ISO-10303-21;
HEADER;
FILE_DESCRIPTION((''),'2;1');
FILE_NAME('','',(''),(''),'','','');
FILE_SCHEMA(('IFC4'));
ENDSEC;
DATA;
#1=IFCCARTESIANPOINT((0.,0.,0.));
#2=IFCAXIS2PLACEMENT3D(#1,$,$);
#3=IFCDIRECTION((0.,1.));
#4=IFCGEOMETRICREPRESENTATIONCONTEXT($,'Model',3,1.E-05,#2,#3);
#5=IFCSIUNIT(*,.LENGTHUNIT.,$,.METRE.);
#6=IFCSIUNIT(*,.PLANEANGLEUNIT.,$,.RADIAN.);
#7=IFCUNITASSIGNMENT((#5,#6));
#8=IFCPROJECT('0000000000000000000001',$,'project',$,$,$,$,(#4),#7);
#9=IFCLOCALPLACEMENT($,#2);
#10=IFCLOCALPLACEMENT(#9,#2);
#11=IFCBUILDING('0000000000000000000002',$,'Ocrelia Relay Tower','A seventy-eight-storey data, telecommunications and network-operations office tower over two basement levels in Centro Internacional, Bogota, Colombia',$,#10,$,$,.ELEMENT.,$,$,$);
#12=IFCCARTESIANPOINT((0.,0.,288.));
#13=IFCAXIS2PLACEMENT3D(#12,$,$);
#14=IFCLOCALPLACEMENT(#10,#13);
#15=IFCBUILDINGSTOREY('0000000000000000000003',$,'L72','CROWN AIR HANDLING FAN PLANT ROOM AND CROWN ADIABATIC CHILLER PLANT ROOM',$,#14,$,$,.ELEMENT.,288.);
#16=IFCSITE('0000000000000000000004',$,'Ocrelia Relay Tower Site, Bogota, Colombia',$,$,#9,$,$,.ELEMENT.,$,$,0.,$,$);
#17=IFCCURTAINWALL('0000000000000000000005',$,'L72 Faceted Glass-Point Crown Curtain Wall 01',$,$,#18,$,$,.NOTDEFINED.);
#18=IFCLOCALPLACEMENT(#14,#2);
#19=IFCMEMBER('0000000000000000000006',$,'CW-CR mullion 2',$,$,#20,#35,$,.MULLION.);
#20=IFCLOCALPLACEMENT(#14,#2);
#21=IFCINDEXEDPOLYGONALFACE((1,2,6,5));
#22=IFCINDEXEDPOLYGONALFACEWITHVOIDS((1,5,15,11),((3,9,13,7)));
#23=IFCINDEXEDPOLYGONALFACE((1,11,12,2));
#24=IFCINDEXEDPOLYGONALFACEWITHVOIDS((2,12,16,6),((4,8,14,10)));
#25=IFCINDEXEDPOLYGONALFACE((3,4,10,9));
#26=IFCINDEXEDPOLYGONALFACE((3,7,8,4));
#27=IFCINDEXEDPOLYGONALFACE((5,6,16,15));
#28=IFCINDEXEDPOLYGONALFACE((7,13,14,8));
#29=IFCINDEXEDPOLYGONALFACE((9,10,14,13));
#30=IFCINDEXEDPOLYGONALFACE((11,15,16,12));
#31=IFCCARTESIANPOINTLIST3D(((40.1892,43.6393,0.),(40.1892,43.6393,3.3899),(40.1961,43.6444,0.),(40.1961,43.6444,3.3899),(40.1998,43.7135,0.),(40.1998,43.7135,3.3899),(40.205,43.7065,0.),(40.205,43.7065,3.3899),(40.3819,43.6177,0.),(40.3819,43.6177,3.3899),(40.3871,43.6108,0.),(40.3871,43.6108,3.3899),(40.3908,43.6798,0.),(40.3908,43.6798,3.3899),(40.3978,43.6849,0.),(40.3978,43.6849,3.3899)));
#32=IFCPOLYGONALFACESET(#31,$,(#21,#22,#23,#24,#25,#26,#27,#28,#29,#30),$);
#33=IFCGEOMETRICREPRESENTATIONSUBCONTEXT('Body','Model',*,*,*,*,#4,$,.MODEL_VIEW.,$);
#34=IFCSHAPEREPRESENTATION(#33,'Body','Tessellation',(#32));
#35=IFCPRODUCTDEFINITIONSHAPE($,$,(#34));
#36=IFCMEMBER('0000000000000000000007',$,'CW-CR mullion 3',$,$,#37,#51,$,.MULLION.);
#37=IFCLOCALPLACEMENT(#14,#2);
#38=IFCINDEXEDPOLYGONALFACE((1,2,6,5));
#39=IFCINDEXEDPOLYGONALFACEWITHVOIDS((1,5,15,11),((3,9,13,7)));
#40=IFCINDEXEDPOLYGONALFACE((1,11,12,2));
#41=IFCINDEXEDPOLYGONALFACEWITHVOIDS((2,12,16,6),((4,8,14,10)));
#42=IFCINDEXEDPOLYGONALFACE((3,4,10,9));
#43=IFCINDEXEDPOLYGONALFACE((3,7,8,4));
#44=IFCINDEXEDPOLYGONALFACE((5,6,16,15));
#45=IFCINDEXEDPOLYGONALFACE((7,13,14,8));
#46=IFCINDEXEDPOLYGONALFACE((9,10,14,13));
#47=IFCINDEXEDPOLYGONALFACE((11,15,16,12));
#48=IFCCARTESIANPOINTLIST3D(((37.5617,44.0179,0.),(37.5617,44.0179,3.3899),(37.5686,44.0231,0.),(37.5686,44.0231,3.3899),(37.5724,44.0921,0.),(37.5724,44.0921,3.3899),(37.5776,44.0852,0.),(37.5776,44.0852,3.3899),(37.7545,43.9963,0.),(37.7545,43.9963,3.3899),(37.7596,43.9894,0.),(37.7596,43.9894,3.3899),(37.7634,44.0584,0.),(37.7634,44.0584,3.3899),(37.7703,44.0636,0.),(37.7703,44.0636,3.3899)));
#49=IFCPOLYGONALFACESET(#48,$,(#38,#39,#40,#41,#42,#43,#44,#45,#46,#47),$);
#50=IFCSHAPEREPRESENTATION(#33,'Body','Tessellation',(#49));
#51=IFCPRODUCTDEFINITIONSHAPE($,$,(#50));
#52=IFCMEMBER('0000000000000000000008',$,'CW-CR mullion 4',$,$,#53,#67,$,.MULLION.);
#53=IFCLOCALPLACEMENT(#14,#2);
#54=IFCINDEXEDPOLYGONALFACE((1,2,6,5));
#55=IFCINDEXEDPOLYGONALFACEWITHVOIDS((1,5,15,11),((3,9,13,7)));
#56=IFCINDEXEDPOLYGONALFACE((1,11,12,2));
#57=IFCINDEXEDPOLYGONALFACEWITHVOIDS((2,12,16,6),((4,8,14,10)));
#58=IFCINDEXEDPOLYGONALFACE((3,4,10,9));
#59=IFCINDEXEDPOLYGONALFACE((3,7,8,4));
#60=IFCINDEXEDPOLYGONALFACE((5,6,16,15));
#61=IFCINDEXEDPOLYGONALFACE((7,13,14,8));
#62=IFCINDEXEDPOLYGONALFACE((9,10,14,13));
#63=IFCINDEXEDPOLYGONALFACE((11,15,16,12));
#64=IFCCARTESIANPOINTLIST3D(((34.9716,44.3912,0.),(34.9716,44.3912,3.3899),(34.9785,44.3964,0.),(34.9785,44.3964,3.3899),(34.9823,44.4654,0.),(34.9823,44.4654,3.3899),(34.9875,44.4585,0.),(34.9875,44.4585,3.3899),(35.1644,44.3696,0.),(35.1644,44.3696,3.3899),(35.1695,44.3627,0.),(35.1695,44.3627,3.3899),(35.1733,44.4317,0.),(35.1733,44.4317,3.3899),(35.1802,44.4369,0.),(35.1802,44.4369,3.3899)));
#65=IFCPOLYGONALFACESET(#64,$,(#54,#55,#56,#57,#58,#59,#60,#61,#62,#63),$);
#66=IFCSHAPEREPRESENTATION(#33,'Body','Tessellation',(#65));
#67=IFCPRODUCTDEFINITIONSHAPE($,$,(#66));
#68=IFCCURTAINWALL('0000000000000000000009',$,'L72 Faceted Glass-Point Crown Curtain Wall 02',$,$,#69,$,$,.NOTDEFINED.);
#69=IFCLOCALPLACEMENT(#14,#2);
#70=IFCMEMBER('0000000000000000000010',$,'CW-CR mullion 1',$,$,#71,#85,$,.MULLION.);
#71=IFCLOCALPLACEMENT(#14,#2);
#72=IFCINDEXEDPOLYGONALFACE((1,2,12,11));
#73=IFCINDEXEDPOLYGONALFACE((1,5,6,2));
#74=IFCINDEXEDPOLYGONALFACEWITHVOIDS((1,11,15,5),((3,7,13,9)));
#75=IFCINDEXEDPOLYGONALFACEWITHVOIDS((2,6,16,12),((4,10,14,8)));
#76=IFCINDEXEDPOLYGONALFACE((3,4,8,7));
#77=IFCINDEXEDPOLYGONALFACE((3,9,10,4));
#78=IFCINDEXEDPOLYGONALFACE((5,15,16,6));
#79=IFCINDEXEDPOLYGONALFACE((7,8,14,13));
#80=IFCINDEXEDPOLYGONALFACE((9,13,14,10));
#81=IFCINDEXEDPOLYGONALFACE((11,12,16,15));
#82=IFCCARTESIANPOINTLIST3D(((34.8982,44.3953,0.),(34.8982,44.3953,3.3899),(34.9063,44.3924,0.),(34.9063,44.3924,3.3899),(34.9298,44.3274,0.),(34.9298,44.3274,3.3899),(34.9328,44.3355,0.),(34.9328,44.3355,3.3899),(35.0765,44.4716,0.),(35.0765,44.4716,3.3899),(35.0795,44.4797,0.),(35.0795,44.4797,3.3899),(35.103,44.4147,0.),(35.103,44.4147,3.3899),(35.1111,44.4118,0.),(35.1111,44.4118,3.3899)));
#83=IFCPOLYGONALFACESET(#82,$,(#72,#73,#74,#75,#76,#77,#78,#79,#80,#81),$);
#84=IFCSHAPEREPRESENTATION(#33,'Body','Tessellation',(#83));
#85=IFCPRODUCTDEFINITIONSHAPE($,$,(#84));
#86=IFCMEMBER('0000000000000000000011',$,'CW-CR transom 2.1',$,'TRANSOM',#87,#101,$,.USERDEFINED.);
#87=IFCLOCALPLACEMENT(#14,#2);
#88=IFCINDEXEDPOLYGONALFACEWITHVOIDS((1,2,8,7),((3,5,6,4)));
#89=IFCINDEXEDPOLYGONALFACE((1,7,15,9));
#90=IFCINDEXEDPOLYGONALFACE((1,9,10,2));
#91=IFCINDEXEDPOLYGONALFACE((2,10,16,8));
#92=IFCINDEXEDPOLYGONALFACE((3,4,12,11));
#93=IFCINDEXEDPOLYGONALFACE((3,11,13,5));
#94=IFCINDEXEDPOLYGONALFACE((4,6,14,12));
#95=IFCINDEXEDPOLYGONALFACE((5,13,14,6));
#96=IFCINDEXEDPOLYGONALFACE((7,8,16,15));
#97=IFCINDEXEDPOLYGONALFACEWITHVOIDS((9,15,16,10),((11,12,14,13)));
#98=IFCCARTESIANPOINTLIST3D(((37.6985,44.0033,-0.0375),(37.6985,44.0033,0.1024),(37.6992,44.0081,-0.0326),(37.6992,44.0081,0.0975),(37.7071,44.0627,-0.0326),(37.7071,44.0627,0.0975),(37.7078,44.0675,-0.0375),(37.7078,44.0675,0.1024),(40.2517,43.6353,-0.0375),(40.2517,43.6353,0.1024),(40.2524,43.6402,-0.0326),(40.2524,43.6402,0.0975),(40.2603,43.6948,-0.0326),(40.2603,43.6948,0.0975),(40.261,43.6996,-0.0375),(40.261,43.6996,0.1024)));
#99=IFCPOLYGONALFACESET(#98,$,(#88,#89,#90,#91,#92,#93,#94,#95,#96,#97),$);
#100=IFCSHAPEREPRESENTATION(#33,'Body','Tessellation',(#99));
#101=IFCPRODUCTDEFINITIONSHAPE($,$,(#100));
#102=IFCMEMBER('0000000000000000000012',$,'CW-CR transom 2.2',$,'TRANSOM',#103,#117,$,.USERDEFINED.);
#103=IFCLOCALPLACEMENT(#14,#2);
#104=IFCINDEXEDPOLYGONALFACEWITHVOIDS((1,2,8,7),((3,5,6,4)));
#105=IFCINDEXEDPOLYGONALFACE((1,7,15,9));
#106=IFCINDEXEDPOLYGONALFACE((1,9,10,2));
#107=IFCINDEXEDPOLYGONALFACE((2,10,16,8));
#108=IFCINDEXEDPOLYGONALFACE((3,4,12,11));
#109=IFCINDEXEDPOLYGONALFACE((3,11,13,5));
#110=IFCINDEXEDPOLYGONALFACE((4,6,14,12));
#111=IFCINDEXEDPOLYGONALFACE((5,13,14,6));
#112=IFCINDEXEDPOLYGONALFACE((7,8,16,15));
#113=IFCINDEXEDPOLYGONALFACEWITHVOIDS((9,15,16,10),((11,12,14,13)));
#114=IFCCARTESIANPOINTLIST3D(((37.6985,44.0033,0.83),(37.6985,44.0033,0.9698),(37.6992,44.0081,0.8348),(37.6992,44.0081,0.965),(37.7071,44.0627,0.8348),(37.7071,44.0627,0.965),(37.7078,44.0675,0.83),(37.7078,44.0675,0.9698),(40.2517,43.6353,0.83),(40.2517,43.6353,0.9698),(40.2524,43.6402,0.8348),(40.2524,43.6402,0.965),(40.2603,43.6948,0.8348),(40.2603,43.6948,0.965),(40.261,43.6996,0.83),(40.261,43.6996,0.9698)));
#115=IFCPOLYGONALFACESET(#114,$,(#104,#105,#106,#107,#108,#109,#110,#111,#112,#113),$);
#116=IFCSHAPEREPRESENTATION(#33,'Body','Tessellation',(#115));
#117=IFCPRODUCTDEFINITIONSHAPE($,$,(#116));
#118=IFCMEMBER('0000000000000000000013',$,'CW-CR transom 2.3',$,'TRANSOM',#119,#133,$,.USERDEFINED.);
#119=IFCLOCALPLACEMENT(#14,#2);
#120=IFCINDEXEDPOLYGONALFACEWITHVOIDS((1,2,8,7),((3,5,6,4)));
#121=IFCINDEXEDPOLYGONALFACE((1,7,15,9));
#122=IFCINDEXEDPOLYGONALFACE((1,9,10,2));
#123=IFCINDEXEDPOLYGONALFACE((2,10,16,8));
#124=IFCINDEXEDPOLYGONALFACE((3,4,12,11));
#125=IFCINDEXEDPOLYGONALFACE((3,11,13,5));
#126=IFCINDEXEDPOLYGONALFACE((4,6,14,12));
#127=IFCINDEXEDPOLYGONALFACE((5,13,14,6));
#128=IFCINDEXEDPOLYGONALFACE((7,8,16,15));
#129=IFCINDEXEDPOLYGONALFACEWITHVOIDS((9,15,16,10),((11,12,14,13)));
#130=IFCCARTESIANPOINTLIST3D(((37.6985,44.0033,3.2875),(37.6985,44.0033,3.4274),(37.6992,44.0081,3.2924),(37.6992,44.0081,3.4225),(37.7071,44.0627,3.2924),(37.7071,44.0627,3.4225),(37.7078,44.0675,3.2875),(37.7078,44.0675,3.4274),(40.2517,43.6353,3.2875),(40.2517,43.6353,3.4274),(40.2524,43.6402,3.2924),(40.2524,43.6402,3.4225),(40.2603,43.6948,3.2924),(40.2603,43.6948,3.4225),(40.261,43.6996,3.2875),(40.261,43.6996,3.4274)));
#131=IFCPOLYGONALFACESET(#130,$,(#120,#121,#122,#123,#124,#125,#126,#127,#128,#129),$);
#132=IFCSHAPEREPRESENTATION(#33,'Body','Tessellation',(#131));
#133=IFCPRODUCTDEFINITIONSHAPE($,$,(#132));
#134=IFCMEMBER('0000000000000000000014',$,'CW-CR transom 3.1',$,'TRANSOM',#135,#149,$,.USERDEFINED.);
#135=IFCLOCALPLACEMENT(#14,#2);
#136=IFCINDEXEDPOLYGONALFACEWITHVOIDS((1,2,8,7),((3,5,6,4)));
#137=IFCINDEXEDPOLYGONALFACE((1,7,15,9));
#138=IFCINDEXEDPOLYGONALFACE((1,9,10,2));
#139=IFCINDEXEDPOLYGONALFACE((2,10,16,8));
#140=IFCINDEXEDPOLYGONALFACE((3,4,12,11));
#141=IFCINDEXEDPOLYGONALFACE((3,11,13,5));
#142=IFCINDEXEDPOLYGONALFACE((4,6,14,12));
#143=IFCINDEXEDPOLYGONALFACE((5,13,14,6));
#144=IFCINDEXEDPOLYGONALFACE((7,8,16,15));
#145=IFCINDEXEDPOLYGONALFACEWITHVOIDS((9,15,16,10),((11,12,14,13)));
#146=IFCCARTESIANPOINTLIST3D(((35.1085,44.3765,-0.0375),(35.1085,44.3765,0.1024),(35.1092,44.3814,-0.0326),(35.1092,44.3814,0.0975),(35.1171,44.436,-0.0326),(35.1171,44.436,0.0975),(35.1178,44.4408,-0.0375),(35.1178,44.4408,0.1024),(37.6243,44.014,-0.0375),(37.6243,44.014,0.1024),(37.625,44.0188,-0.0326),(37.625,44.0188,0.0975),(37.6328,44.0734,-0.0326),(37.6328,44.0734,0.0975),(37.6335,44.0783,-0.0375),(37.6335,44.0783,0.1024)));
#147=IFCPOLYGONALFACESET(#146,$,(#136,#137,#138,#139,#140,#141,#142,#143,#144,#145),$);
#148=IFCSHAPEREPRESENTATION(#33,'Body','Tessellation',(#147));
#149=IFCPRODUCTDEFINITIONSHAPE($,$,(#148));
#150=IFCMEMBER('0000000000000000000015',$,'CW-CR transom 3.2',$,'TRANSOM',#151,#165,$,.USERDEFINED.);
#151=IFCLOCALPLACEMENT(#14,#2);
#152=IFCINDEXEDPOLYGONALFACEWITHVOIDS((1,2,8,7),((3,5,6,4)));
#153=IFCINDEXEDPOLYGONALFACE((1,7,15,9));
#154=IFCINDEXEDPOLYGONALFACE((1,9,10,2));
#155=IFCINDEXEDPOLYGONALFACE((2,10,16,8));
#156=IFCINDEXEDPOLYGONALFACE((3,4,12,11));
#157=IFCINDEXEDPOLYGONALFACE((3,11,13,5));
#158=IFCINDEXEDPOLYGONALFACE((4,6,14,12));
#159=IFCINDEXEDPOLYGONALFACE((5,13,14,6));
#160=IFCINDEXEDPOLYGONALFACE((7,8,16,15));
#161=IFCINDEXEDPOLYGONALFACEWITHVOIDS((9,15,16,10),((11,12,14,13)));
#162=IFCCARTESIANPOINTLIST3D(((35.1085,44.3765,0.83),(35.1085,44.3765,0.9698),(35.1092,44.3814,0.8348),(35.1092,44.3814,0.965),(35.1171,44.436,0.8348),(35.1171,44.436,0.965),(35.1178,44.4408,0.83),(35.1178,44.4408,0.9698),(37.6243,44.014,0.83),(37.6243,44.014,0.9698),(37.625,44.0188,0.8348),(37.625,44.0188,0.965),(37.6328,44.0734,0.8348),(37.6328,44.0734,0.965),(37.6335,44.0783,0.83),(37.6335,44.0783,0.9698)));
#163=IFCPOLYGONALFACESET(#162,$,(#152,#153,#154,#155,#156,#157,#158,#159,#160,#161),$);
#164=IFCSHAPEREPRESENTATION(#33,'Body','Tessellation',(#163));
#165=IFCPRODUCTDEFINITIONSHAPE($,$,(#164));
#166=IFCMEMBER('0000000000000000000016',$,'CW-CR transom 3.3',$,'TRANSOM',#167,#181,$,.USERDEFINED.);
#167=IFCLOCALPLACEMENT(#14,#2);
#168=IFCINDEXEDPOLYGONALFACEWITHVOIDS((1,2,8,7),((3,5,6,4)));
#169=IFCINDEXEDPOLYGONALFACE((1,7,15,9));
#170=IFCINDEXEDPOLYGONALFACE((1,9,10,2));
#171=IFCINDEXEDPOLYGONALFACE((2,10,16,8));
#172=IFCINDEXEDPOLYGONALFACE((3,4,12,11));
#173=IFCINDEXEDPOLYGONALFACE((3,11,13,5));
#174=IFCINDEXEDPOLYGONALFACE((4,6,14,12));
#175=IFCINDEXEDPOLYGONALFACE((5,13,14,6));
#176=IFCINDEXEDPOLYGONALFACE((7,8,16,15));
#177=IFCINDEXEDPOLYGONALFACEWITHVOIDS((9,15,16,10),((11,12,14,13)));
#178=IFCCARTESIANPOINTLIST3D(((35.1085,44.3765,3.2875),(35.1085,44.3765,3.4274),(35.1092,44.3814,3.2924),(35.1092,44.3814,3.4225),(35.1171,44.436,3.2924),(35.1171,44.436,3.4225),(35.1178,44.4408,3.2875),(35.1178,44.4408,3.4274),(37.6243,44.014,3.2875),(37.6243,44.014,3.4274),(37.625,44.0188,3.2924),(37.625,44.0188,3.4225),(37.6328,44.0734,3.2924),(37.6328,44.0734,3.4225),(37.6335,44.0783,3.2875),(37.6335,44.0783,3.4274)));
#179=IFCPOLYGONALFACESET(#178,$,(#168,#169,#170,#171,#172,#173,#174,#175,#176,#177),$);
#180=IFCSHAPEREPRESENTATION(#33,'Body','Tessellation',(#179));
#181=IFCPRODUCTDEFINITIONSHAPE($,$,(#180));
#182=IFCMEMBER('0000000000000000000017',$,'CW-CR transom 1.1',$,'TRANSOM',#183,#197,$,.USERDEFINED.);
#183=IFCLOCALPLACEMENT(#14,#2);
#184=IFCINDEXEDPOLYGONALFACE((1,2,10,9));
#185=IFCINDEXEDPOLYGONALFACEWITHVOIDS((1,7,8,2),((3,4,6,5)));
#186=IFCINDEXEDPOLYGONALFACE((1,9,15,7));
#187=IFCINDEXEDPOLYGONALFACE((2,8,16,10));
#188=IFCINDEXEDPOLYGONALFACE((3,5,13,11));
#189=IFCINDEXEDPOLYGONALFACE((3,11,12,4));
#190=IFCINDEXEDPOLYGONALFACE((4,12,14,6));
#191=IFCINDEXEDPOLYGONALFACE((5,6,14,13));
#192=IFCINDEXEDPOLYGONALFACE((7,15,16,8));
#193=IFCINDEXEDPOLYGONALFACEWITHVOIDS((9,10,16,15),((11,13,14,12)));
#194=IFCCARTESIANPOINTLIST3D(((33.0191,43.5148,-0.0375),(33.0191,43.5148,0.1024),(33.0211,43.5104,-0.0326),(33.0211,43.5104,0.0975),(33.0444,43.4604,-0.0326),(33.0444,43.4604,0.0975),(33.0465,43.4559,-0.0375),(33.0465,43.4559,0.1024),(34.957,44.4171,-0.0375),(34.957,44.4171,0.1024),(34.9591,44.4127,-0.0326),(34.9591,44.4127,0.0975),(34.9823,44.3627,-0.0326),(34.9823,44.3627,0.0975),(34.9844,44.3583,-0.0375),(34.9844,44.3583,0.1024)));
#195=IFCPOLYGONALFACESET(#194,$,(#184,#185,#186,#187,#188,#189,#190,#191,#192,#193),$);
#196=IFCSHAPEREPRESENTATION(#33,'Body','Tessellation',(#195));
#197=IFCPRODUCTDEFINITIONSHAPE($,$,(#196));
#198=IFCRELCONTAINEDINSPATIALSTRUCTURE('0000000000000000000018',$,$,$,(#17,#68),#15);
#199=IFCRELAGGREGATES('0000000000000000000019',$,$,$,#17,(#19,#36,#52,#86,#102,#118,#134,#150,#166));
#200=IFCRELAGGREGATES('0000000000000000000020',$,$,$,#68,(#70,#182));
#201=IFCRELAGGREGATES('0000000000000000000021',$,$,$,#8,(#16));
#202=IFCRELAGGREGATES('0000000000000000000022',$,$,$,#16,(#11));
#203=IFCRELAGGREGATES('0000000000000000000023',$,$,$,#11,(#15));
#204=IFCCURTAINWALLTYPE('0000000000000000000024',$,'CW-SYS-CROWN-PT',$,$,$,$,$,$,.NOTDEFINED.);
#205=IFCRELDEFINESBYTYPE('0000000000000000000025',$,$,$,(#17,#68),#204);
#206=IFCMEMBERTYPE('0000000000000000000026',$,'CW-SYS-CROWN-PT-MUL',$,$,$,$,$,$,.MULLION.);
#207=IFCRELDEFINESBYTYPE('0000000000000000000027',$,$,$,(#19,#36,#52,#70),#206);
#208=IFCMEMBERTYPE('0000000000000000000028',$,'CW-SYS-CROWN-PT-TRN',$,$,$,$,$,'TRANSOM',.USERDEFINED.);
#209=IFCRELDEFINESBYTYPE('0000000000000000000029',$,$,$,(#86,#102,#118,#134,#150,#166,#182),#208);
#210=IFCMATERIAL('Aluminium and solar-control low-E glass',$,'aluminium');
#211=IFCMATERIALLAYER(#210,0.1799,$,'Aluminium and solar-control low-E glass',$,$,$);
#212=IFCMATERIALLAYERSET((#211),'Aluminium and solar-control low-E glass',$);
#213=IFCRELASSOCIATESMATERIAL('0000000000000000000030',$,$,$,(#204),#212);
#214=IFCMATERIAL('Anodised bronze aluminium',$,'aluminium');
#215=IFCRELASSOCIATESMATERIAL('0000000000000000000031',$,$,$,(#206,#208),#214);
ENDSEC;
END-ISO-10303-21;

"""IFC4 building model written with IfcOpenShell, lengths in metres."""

from ifc_helpers import new_model, si_unit, direction, frame, origin, origin_2d, place, context, subcontext, project, spatial, hollow_rectangle, extrude, material, layer, layer_set, material_profile, profile_set, type_object, element, aggregate, save


model = new_model("IFC4")

# Units and contexts
model_context = context("Model", 3, precision=1e-05, world=origin(), true_north=direction((0.0, 1.0)))
body_context = subcontext(model_context, "Body", "Model", "MODEL_VIEW")
ifc_project = project(units=[si_unit("LENGTHUNIT", "METRE"), si_unit("PLANEANGLEUNIT", "RADIAN")], contexts=[model_context])

# Site, building, storey
site_placement = place(None, origin())
site = spatial("IfcSite", under=ifc_project, at=site_placement, Name="Ocrelia Relay Tower Site, Bogota, Colombia", CompositionType="ELEMENT", RefElevation=0.0)
building_placement = place(site_placement, origin())
building = spatial("IfcBuilding", under=site, at=building_placement, Name="Ocrelia Relay Tower", Description="A seventy-eight-storey data, telecommunications and network-operations office tower over two basement levels in Centro Internacional, Bogota, Colombia", CompositionType="ELEMENT")
storey_placement = place(building_placement, frame((0.0, 0.0, 288.0)))
storey = spatial("IfcBuildingStorey", under=building, at=storey_placement, Name="L72", Description="CROWN AIR HANDLING FAN PLANT ROOM AND CROWN ADIABATIC CHILLER PLANT ROOM", CompositionType="ELEMENT", Elevation=288.0)

# Curtain wall, members
ifc_material_1 = material(Name="Aluminium and solar-control low-E glass", Category="aluminium")
ifc_layer_1 = layer(ifc_material_1, 0.1799, Name="Aluminium and solar-control low-E glass")
ifc_layer_set_1 = layer_set([ifc_layer_1], Name="Aluminium and solar-control low-E glass")
curtain_wall_type = type_object("IfcCurtainWallType", Name="CW-SYS-CROWN-PT", PredefinedType="NOTDEFINED", material=ifc_layer_set_1)
curtain_wall_1_placement = place(storey_placement, origin())
curtain_wall_1 = element("IfcCurtainWall", 1, at=curtain_wall_1_placement, inside=storey, type_object=curtain_wall_type, Name="L72 Faceted Glass-Point Crown Curtain Wall 01", PredefinedType="NOTDEFINED")
ifc_material_2 = material(Name="Anodised bronze aluminium", Category="aluminium")
ifc_material_profile_1 = material_profile(ifc_material_2, hollow_rectangle(XDim=0.075, YDim=0.2, WallThickness=0.0061, at=origin_2d()), Name="CW-MUL-200x75")
ifc_profile_set_1 = profile_set([ifc_material_profile_1], Name="Anodised bronze aluminium")
member_type_1 = type_object("IfcMemberType", Name="CW-SYS-CROWN-PT-MUL", PredefinedType="MULLION", material=ifc_profile_set_1)
member_1_placement = place(storey_placement, frame((40.2935, 43.6621, 0.0), z_axis=(0.0, 0.0, 1.0), x_axis=(-0.142627, -0.989776, 0.0)))
member_1 = element("IfcMember", 2, at=member_1_placement, type_object=member_type_1, Name="CW-CR mullion 2", PredefinedType="MULLION", context=body_context, shape_type="SweptSolid", body=[
    extrude(hollow_rectangle(XDim=0.075, YDim=0.2, WallThickness=0.0061, at=origin_2d()), origin(), (0.0, 0.0, 1.0), 3.3899),
])
member_2_placement = place(storey_placement, frame((37.666, 44.0408, 0.0), z_axis=(0.0, 0.0, 1.0), x_axis=(-0.142627, -0.989776, 0.0)))
member_2 = element("IfcMember", 3, at=member_2_placement, type_object=member_type_1, Name="CW-CR mullion 3", PredefinedType="MULLION", context=body_context, shape_type="SweptSolid", body=[
    extrude(hollow_rectangle(XDim=0.075, YDim=0.2, WallThickness=0.0061, at=origin_2d()), origin(), (0.0, 0.0, 1.0), 3.3899),
])
member_3_placement = place(storey_placement, frame((35.0759, 44.4141, 0.0), z_axis=(0.0, 0.0, 1.0), x_axis=(-0.142627, -0.989776, 0.0)))
member_3 = element("IfcMember", 4, at=member_3_placement, type_object=member_type_1, Name="CW-CR mullion 4", PredefinedType="MULLION", context=body_context, shape_type="SweptSolid", body=[
    extrude(hollow_rectangle(XDim=0.075, YDim=0.2, WallThickness=0.0061, at=origin_2d()), origin(), (0.0, 0.0, 1.0), 3.3899),
])

# Curtain wall, member
curtain_wall_2_placement = place(storey_placement, origin())
curtain_wall_2 = element("IfcCurtainWall", 5, at=curtain_wall_2_placement, inside=storey, type_object=curtain_wall_type, Name="L72 Faceted Glass-Point Crown Curtain Wall 02", PredefinedType="NOTDEFINED")
member_4_placement = place(storey_placement, frame((35.0046, 44.4036, 0.0), z_axis=(0.0, 0.0, 1.0), x_axis=(0.422115, -0.906542, 0.0)))
member_4 = element("IfcMember", 6, at=member_4_placement, type_object=member_type_1, Name="CW-CR mullion 1", PredefinedType="MULLION", context=body_context, shape_type="SweptSolid", body=[
    extrude(hollow_rectangle(XDim=0.075, YDim=0.2, WallThickness=0.0061, at=origin_2d()), origin(), (0.0, 0.0, 1.0), 3.3899),
])

# Members
ifc_material_profile_2 = material_profile(ifc_material_2, hollow_rectangle(XDim=0.0649, YDim=0.1399, WallThickness=0.0049, at=origin_2d()), Name="CW-TRN-140x65")
ifc_profile_set_2 = profile_set([ifc_material_profile_2], Name="Anodised bronze aluminium")
member_type_2 = type_object("IfcMemberType", Name="CW-SYS-CROWN-PT-TRN", ElementType="TRANSOM", PredefinedType="USERDEFINED", material=ifc_profile_set_2)
member_5_placement = place(storey_placement, frame((40.2563, 43.6675, 0.0325), z_axis=(-0.989777, 0.142627, 0.0), x_axis=(-0.142627, -0.989777, 0.0)))
member_5 = element("IfcMember", 7, at=member_5_placement, type_object=member_type_2, Name="CW-CR transom 2.1", ObjectType="TRANSOM", PredefinedType="USERDEFINED", context=body_context, shape_type="SweptSolid", body=[
    extrude(hollow_rectangle(XDim=0.0649, YDim=0.1399, WallThickness=0.0049, at=origin_2d()), origin(), (0.0, 0.0, 1.0), 2.5796),
])
member_6_placement = place(storey_placement, frame((40.2563, 43.6675, 0.8999), z_axis=(-0.989777, 0.142627, 0.0), x_axis=(-0.142627, -0.989777, 0.0)))
member_6 = element("IfcMember", 8, at=member_6_placement, type_object=member_type_2, Name="CW-CR transom 2.2", ObjectType="TRANSOM", PredefinedType="USERDEFINED", context=body_context, shape_type="SweptSolid", body=[
    extrude(hollow_rectangle(XDim=0.0649, YDim=0.1399, WallThickness=0.0049, at=origin_2d()), origin(), (0.0, 0.0, 1.0), 2.5796),
])
member_7_placement = place(storey_placement, frame((40.2563, 43.6675, 3.3574), z_axis=(-0.989777, 0.142627, 0.0), x_axis=(-0.142627, -0.989777, 0.0)))
member_7 = element("IfcMember", 9, at=member_7_placement, type_object=member_type_2, Name="CW-CR transom 2.3", ObjectType="TRANSOM", PredefinedType="USERDEFINED", context=body_context, shape_type="SweptSolid", body=[
    extrude(hollow_rectangle(XDim=0.0649, YDim=0.1399, WallThickness=0.0049, at=origin_2d()), origin(), (0.0, 0.0, 1.0), 2.5796),
])
member_8_placement = place(storey_placement, frame((37.6289, 44.0461, 0.0325), z_axis=(-0.989776, 0.142631, 0.0), x_axis=(-0.142631, -0.989776, 0.0)))
member_8 = element("IfcMember", 10, at=member_8_placement, type_object=member_type_2, Name="CW-CR transom 3.1", ObjectType="TRANSOM", PredefinedType="USERDEFINED", context=body_context, shape_type="SweptSolid", body=[
    extrude(hollow_rectangle(XDim=0.0649, YDim=0.1399, WallThickness=0.0049, at=origin_2d()), origin(), (0.0, 0.0, 1.0), 2.5417),
])
member_9_placement = place(storey_placement, frame((37.6289, 44.0461, 0.8999), z_axis=(-0.989776, 0.142631, 0.0), x_axis=(-0.142631, -0.989776, 0.0)))
member_9 = element("IfcMember", 11, at=member_9_placement, type_object=member_type_2, Name="CW-CR transom 3.2", ObjectType="TRANSOM", PredefinedType="USERDEFINED", context=body_context, shape_type="SweptSolid", body=[
    extrude(hollow_rectangle(XDim=0.0649, YDim=0.1399, WallThickness=0.0049, at=origin_2d()), origin(), (0.0, 0.0, 1.0), 2.5417),
])
member_10_placement = place(storey_placement, frame((37.6289, 44.0461, 3.3574), z_axis=(-0.989776, 0.142631, 0.0), x_axis=(-0.142631, -0.989776, 0.0)))
member_10 = element("IfcMember", 12, at=member_10_placement, type_object=member_type_2, Name="CW-CR transom 3.3", ObjectType="TRANSOM", PredefinedType="USERDEFINED", context=body_context, shape_type="SweptSolid", body=[
    extrude(hollow_rectangle(XDim=0.0649, YDim=0.1399, WallThickness=0.0049, at=origin_2d()), origin(), (0.0, 0.0, 1.0), 2.5417),
])
member_11_placement = place(storey_placement, frame((34.9707, 44.3877, 0.0325), z_axis=(-0.90655, -0.422098, 0.0), x_axis=(0.422098, -0.90655, 0.0)))
member_11 = element("IfcMember", 13, at=member_11_placement, type_object=member_type_2, Name="CW-CR transom 1.1", ObjectType="TRANSOM", PredefinedType="USERDEFINED", context=body_context, shape_type="SweptSolid", body=[
    extrude(hollow_rectangle(XDim=0.0649, YDim=0.1399, WallThickness=0.0049, at=origin_2d()), origin(), (0.0, 0.0, 1.0), 2.1377),
])

aggregate(curtain_wall_1, [member_1, member_2, member_3, member_5, member_6, member_7, member_8, member_9, member_10])
aggregate(curtain_wall_2, [member_4, member_11])

save(model, "model.ifc")
